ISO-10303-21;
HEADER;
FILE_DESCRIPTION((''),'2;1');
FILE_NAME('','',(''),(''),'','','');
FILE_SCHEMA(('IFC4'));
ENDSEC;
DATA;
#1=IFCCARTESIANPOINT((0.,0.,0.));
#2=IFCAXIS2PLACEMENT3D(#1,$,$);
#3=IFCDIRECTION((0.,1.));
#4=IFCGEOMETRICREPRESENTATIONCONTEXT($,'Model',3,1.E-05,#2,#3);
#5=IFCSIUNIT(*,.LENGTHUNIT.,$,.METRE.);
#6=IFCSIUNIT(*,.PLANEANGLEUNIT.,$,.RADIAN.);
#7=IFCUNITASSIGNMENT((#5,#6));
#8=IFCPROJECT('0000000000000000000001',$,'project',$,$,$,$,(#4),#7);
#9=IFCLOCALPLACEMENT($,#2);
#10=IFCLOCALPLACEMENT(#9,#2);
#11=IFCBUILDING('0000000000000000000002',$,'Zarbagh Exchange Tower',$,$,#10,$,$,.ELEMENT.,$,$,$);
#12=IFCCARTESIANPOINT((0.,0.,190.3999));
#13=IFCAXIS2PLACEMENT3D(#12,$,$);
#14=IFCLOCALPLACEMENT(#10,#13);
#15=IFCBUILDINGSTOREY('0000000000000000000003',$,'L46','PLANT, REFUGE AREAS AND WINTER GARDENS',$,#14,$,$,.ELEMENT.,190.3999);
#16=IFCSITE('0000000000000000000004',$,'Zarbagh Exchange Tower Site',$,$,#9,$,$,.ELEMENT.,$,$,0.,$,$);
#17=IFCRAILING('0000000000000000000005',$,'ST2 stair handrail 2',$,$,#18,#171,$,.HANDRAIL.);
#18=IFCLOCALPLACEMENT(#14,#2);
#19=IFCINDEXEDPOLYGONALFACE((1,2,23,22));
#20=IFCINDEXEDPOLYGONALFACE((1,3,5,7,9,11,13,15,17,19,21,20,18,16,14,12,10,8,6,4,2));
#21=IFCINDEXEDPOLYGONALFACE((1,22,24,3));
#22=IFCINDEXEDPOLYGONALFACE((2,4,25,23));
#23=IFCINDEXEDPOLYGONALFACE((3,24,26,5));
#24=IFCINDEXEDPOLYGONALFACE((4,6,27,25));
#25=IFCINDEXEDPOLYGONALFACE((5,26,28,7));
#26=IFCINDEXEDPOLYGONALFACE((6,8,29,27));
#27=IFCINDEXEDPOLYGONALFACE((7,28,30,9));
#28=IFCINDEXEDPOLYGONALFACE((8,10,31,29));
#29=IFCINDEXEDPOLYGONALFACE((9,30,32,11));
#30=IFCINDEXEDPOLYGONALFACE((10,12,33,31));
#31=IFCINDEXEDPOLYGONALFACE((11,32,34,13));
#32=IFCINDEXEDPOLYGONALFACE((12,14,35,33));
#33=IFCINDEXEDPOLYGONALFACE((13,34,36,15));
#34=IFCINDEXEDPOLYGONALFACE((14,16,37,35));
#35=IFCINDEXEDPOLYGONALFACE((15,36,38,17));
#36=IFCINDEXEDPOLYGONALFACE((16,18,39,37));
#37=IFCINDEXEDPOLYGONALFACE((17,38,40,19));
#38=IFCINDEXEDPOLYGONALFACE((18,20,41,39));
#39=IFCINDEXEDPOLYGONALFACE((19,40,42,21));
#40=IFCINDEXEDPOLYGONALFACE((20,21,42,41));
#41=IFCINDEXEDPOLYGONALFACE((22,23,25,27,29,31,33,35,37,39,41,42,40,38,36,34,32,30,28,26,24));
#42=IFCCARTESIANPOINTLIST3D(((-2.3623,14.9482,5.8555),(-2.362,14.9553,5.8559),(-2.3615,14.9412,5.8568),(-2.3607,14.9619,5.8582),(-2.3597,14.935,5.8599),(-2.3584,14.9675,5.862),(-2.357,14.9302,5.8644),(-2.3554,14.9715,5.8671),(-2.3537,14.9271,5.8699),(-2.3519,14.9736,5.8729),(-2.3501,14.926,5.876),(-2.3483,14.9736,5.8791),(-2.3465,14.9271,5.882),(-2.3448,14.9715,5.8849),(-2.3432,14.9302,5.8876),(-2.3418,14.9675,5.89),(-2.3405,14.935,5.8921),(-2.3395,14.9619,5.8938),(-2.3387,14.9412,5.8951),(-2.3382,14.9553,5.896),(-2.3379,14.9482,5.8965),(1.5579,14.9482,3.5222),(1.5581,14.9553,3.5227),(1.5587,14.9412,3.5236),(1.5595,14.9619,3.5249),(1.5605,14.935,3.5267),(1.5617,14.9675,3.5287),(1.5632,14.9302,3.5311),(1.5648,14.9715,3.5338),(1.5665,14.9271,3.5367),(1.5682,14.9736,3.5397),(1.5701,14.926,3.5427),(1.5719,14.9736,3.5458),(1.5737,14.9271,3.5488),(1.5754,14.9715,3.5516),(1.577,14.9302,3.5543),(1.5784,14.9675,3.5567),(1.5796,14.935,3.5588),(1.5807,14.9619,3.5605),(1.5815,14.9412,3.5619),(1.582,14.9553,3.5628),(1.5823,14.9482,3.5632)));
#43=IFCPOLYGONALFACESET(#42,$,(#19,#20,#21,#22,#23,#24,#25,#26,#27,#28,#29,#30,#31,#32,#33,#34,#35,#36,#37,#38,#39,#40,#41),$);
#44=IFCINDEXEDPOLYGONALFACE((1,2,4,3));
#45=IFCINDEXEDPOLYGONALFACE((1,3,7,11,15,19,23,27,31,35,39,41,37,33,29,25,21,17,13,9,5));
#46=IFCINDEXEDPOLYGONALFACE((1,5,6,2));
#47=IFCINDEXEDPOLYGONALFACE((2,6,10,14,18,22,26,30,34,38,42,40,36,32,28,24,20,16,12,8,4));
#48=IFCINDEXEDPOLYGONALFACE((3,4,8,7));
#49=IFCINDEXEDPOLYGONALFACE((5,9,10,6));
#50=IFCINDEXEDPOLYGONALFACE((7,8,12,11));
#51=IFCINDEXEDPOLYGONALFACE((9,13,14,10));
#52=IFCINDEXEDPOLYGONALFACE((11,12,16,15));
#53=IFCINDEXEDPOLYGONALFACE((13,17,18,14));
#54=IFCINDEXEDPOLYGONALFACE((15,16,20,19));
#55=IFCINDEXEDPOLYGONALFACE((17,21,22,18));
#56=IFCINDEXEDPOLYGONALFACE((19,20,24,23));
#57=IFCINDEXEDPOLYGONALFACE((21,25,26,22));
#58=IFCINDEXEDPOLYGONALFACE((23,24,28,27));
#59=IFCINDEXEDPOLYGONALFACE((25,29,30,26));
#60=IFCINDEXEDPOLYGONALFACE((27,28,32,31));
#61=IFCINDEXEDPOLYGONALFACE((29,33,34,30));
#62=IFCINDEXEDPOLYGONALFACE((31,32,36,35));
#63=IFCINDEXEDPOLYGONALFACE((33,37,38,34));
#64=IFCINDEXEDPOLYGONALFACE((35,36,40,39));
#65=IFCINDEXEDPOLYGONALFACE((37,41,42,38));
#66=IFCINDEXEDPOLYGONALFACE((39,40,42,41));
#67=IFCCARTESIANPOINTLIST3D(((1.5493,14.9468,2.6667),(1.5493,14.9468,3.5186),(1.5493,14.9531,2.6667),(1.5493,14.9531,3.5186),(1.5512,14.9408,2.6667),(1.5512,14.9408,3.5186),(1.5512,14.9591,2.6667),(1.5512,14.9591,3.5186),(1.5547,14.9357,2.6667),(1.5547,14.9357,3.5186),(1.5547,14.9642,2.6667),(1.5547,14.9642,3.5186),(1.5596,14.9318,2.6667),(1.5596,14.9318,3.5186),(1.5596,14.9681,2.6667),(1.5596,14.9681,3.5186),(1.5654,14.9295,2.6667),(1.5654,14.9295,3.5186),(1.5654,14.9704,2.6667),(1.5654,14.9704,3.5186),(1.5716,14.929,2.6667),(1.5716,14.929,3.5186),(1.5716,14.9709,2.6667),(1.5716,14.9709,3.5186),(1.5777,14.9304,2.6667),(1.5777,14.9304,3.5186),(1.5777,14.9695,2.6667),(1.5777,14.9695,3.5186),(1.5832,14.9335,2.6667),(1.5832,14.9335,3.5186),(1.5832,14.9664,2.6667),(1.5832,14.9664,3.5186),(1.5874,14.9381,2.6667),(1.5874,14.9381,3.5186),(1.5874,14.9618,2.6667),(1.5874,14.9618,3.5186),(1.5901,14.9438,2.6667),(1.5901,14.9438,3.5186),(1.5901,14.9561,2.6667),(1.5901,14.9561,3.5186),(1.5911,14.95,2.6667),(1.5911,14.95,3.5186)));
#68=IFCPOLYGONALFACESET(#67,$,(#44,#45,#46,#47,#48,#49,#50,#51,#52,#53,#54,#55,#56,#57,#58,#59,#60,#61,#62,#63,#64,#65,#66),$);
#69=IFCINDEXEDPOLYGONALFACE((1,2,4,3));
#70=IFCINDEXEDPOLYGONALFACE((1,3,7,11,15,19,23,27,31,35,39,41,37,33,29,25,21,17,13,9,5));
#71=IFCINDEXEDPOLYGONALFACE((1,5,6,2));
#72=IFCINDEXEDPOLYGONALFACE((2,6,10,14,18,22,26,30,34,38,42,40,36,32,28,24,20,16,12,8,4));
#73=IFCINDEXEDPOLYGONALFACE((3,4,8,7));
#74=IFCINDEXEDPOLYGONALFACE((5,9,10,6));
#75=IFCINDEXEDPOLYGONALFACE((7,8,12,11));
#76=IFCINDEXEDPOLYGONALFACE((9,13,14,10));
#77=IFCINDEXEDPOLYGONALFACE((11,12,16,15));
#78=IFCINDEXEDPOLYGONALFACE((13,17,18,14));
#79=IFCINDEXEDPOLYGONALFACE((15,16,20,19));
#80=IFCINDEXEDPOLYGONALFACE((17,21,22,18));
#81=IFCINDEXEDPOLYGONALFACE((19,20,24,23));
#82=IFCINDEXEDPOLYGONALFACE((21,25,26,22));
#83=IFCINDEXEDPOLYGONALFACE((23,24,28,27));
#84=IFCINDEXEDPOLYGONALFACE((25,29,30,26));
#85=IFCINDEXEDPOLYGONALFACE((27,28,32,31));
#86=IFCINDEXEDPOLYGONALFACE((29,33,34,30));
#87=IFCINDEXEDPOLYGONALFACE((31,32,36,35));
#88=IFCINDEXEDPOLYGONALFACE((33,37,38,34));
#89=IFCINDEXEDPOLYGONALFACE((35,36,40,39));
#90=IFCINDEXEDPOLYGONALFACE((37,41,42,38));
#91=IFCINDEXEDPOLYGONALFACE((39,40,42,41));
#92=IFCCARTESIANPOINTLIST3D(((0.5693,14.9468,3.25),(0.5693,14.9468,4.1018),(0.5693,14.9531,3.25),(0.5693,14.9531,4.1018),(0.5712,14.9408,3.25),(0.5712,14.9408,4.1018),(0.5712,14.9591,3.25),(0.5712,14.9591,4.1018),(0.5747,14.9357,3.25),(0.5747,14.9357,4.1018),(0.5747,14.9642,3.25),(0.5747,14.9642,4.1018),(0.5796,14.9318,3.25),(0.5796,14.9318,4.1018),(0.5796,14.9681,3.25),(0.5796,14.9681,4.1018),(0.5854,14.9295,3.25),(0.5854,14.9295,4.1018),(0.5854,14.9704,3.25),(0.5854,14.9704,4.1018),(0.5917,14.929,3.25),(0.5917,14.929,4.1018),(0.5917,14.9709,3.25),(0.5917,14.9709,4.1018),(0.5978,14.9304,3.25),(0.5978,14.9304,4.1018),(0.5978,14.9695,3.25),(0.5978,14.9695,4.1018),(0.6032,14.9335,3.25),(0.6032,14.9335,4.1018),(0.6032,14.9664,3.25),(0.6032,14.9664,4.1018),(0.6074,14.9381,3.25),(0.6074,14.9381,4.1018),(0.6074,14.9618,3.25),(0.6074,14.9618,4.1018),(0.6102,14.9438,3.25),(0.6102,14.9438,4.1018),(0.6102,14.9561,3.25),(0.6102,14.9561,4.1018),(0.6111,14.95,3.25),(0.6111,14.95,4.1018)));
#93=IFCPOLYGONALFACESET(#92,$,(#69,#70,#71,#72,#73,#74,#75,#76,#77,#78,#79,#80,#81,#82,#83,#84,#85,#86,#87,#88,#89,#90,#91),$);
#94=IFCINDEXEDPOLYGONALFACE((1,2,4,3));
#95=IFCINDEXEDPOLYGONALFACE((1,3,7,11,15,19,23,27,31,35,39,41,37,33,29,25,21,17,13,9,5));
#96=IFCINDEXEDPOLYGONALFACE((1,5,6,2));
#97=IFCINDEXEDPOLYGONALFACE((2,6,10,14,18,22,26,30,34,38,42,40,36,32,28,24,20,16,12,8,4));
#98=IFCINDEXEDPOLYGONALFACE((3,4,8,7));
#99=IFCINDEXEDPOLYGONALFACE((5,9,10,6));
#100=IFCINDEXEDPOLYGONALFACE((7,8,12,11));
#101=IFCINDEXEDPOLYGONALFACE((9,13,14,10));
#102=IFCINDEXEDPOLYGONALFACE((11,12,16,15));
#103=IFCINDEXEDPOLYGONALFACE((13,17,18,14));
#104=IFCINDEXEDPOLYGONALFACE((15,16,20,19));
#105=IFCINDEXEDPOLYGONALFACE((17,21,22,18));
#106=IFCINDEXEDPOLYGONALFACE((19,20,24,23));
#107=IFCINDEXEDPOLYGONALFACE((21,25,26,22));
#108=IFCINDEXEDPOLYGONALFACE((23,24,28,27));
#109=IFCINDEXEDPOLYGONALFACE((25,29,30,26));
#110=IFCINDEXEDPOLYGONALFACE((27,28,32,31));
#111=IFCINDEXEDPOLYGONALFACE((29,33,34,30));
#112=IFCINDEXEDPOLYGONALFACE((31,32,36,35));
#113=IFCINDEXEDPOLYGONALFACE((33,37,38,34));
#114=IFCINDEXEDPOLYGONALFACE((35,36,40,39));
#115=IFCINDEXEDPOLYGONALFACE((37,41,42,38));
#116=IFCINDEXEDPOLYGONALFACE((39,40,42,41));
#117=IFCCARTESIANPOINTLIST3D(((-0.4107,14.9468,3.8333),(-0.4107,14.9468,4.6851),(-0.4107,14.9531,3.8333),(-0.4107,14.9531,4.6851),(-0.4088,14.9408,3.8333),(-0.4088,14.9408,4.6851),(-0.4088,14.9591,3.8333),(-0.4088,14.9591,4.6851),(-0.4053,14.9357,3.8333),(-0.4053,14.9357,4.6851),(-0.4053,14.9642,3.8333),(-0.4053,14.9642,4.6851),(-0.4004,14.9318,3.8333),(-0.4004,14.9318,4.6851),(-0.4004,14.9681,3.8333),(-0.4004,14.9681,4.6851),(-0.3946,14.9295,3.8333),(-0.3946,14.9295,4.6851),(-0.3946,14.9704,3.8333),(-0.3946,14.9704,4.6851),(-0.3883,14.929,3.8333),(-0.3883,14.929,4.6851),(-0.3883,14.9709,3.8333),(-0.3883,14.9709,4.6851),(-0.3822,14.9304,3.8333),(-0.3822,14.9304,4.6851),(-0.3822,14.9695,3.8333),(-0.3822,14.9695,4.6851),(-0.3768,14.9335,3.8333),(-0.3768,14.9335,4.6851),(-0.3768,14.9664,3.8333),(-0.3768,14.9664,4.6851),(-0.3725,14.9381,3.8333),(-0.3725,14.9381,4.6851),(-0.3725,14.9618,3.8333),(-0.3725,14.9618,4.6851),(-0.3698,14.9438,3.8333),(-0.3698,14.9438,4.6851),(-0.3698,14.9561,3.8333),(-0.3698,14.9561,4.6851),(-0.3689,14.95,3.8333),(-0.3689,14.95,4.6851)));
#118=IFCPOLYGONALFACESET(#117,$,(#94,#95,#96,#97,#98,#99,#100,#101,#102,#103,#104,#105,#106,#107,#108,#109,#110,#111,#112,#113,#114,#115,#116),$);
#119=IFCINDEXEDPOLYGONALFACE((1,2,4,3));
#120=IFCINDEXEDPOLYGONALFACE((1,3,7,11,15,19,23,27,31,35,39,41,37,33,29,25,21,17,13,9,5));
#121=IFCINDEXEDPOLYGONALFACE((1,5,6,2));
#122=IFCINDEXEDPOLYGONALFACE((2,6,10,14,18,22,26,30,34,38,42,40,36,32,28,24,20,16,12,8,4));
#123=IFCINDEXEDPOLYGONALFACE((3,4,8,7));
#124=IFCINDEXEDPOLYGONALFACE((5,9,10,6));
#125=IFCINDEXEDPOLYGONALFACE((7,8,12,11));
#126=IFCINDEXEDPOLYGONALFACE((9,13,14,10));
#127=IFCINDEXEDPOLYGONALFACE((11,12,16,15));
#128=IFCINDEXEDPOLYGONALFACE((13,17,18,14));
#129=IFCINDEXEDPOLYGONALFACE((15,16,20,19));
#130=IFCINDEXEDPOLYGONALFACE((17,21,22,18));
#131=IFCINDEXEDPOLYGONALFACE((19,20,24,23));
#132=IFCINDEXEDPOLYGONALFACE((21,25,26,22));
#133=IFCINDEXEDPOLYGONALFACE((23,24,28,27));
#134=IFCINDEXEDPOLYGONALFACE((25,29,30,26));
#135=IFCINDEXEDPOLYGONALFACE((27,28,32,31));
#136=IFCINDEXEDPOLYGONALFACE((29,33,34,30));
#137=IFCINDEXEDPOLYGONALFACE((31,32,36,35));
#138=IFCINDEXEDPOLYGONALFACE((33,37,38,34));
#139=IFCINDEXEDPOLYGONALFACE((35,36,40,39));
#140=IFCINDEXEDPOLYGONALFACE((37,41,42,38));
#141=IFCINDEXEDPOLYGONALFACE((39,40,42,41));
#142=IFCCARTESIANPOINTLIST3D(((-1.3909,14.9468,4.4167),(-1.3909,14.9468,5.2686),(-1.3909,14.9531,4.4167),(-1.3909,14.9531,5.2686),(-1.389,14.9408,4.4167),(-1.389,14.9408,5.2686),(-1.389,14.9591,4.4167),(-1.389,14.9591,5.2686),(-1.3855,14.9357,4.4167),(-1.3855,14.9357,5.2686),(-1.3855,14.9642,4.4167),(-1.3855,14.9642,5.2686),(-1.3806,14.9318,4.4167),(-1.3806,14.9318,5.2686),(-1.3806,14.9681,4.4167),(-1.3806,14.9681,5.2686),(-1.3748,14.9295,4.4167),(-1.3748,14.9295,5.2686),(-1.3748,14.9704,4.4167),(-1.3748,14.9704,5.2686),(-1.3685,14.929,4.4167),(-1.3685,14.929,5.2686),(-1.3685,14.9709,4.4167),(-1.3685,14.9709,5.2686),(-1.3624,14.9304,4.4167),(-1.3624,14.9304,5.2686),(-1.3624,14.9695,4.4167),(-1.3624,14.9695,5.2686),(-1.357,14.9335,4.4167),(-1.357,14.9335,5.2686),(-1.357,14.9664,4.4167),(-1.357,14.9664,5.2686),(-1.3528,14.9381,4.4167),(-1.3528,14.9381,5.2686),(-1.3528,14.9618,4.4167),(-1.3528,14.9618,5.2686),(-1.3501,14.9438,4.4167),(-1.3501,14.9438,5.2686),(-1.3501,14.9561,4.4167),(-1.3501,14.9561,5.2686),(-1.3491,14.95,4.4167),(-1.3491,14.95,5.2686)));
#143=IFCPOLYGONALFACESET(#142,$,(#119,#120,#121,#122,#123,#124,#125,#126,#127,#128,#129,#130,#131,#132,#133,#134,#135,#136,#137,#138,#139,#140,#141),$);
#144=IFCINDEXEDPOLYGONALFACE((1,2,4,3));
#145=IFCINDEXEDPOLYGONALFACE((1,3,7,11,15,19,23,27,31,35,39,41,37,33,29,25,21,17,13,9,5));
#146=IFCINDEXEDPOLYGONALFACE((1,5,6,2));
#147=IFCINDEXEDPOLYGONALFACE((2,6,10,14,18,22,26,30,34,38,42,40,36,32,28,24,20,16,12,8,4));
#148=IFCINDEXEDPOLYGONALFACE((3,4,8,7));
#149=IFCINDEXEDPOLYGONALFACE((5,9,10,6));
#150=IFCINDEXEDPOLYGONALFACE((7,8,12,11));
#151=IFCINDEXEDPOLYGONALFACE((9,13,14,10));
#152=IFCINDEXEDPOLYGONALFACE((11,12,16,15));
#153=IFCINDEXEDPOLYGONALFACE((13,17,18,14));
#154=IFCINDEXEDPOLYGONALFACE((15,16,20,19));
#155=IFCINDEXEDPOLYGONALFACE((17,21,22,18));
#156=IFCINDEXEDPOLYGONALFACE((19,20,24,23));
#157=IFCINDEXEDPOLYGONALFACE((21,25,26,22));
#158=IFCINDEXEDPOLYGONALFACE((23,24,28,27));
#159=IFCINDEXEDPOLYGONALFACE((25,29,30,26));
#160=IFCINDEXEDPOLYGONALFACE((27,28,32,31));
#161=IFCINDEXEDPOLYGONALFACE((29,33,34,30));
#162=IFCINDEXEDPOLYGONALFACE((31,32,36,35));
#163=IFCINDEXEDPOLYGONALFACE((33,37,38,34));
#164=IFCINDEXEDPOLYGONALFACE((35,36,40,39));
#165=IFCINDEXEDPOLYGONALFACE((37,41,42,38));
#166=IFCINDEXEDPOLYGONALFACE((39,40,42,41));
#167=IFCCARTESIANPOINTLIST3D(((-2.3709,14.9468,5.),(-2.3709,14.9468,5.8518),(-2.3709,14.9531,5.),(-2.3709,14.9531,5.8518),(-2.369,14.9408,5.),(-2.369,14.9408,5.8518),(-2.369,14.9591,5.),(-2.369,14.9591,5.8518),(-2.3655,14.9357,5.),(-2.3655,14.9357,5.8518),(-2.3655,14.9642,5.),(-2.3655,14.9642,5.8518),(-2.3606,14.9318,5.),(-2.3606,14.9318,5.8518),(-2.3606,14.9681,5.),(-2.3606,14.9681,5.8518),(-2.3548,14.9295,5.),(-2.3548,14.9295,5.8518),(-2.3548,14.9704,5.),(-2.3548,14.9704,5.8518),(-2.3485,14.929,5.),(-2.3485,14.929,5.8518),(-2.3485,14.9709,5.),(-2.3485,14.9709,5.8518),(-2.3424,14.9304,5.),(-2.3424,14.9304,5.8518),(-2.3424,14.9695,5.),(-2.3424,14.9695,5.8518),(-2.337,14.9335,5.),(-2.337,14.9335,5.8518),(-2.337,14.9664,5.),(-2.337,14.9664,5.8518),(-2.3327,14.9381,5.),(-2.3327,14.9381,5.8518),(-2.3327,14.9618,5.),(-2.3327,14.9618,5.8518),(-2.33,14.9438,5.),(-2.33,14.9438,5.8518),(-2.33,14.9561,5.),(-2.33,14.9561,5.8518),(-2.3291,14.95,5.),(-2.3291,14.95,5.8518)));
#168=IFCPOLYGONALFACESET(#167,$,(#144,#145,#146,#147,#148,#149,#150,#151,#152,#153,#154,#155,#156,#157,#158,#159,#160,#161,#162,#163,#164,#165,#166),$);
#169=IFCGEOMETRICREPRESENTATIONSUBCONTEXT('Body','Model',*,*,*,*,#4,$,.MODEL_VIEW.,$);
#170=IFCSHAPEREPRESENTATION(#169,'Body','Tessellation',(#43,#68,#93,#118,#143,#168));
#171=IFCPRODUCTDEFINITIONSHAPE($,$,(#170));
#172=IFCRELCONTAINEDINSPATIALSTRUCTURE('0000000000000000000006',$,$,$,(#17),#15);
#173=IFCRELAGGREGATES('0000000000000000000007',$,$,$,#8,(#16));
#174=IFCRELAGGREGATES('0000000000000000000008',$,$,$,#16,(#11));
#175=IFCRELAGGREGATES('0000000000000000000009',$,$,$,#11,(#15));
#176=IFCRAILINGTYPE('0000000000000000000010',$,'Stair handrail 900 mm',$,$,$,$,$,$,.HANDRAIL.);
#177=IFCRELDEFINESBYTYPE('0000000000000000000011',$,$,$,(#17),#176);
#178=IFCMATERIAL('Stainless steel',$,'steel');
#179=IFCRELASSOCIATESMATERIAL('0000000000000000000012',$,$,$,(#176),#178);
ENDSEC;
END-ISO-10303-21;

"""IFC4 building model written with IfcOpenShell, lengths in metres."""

from ifc_helpers import new_model, si_unit, direction, frame, origin, origin_2d, place, context, subcontext, project, spatial, circle, extrude, material, type_object, element, save


model = new_model("IFC4")

# Units and contexts
model_context = context("Model", 3, precision=1e-05, world=origin(), true_north=direction((0.0, 1.0)))
body_context = subcontext(model_context, "Body", "Model", "MODEL_VIEW")
ifc_project = project(units=[si_unit("LENGTHUNIT", "METRE"), si_unit("PLANEANGLEUNIT", "RADIAN")], contexts=[model_context])

# Site, building, storey
site_placement = place(None, origin())
site = spatial("IfcSite", under=ifc_project, at=site_placement, Name="Zarbagh Exchange Tower Site", CompositionType="ELEMENT", RefElevation=0.0)
building_placement = place(site_placement, origin())
building = spatial("IfcBuilding", under=site, at=building_placement, Name="Zarbagh Exchange Tower", CompositionType="ELEMENT")
storey_placement = place(building_placement, frame((0.0, 0.0, 190.3999)))
storey = spatial("IfcBuildingStorey", under=building, at=storey_placement, Name="L46", Description="PLANT, REFUGE AREAS AND WINTER GARDENS", CompositionType="ELEMENT", Elevation=190.3999)

# Railing
ifc_material_1 = material(Name="Stainless steel", Category="steel")
railing_type_1 = type_object("IfcRailingType", Name="Stair handrail 900 mm", PredefinedType="HANDRAIL", material=ifc_material_1)
railing_1_placement = place(storey_placement, frame((1.5701, 14.95, 2.6667)))
element("IfcRailing", 1, at=railing_1_placement, inside=storey, type_object=railing_type_1, Name="ST2 stair handrail 2", PredefinedType="HANDRAIL", context=body_context, shape_type="SweptSolid", body=[
    extrude(circle(Radius=0.0239, at=origin_2d()), frame((0.0, 0.0, 0.876), z_axis=(-0.85931, 0.0, 0.511455), x_axis=(0.0, -1.0, 0.0)), (0.0, 0.0, 1.0), 4.562),
    extrude(circle(Radius=0.021, at=origin_2d()), origin(), (0.0, 0.0, 1.0), 0.8518),
    extrude(circle(Radius=0.021, at=origin_2d()), frame((-0.98, 0.0, 0.5833)), (0.0, 0.0, 1.0), 0.8518),
    extrude(circle(Radius=0.021, at=origin_2d()), frame((-1.96, 0.0, 1.1665)), (0.0, 0.0, 1.0), 0.8518),
    extrude(circle(Radius=0.021, at=origin_2d()), frame((-2.9402, 0.0, 1.75)), (0.0, 0.0, 1.0), 0.8518),
    extrude(circle(Radius=0.021, at=origin_2d()), frame((-3.9202, 0.0, 2.3333)), (0.0, 0.0, 1.0), 0.8518),
])

save(model, "model.ifc")
